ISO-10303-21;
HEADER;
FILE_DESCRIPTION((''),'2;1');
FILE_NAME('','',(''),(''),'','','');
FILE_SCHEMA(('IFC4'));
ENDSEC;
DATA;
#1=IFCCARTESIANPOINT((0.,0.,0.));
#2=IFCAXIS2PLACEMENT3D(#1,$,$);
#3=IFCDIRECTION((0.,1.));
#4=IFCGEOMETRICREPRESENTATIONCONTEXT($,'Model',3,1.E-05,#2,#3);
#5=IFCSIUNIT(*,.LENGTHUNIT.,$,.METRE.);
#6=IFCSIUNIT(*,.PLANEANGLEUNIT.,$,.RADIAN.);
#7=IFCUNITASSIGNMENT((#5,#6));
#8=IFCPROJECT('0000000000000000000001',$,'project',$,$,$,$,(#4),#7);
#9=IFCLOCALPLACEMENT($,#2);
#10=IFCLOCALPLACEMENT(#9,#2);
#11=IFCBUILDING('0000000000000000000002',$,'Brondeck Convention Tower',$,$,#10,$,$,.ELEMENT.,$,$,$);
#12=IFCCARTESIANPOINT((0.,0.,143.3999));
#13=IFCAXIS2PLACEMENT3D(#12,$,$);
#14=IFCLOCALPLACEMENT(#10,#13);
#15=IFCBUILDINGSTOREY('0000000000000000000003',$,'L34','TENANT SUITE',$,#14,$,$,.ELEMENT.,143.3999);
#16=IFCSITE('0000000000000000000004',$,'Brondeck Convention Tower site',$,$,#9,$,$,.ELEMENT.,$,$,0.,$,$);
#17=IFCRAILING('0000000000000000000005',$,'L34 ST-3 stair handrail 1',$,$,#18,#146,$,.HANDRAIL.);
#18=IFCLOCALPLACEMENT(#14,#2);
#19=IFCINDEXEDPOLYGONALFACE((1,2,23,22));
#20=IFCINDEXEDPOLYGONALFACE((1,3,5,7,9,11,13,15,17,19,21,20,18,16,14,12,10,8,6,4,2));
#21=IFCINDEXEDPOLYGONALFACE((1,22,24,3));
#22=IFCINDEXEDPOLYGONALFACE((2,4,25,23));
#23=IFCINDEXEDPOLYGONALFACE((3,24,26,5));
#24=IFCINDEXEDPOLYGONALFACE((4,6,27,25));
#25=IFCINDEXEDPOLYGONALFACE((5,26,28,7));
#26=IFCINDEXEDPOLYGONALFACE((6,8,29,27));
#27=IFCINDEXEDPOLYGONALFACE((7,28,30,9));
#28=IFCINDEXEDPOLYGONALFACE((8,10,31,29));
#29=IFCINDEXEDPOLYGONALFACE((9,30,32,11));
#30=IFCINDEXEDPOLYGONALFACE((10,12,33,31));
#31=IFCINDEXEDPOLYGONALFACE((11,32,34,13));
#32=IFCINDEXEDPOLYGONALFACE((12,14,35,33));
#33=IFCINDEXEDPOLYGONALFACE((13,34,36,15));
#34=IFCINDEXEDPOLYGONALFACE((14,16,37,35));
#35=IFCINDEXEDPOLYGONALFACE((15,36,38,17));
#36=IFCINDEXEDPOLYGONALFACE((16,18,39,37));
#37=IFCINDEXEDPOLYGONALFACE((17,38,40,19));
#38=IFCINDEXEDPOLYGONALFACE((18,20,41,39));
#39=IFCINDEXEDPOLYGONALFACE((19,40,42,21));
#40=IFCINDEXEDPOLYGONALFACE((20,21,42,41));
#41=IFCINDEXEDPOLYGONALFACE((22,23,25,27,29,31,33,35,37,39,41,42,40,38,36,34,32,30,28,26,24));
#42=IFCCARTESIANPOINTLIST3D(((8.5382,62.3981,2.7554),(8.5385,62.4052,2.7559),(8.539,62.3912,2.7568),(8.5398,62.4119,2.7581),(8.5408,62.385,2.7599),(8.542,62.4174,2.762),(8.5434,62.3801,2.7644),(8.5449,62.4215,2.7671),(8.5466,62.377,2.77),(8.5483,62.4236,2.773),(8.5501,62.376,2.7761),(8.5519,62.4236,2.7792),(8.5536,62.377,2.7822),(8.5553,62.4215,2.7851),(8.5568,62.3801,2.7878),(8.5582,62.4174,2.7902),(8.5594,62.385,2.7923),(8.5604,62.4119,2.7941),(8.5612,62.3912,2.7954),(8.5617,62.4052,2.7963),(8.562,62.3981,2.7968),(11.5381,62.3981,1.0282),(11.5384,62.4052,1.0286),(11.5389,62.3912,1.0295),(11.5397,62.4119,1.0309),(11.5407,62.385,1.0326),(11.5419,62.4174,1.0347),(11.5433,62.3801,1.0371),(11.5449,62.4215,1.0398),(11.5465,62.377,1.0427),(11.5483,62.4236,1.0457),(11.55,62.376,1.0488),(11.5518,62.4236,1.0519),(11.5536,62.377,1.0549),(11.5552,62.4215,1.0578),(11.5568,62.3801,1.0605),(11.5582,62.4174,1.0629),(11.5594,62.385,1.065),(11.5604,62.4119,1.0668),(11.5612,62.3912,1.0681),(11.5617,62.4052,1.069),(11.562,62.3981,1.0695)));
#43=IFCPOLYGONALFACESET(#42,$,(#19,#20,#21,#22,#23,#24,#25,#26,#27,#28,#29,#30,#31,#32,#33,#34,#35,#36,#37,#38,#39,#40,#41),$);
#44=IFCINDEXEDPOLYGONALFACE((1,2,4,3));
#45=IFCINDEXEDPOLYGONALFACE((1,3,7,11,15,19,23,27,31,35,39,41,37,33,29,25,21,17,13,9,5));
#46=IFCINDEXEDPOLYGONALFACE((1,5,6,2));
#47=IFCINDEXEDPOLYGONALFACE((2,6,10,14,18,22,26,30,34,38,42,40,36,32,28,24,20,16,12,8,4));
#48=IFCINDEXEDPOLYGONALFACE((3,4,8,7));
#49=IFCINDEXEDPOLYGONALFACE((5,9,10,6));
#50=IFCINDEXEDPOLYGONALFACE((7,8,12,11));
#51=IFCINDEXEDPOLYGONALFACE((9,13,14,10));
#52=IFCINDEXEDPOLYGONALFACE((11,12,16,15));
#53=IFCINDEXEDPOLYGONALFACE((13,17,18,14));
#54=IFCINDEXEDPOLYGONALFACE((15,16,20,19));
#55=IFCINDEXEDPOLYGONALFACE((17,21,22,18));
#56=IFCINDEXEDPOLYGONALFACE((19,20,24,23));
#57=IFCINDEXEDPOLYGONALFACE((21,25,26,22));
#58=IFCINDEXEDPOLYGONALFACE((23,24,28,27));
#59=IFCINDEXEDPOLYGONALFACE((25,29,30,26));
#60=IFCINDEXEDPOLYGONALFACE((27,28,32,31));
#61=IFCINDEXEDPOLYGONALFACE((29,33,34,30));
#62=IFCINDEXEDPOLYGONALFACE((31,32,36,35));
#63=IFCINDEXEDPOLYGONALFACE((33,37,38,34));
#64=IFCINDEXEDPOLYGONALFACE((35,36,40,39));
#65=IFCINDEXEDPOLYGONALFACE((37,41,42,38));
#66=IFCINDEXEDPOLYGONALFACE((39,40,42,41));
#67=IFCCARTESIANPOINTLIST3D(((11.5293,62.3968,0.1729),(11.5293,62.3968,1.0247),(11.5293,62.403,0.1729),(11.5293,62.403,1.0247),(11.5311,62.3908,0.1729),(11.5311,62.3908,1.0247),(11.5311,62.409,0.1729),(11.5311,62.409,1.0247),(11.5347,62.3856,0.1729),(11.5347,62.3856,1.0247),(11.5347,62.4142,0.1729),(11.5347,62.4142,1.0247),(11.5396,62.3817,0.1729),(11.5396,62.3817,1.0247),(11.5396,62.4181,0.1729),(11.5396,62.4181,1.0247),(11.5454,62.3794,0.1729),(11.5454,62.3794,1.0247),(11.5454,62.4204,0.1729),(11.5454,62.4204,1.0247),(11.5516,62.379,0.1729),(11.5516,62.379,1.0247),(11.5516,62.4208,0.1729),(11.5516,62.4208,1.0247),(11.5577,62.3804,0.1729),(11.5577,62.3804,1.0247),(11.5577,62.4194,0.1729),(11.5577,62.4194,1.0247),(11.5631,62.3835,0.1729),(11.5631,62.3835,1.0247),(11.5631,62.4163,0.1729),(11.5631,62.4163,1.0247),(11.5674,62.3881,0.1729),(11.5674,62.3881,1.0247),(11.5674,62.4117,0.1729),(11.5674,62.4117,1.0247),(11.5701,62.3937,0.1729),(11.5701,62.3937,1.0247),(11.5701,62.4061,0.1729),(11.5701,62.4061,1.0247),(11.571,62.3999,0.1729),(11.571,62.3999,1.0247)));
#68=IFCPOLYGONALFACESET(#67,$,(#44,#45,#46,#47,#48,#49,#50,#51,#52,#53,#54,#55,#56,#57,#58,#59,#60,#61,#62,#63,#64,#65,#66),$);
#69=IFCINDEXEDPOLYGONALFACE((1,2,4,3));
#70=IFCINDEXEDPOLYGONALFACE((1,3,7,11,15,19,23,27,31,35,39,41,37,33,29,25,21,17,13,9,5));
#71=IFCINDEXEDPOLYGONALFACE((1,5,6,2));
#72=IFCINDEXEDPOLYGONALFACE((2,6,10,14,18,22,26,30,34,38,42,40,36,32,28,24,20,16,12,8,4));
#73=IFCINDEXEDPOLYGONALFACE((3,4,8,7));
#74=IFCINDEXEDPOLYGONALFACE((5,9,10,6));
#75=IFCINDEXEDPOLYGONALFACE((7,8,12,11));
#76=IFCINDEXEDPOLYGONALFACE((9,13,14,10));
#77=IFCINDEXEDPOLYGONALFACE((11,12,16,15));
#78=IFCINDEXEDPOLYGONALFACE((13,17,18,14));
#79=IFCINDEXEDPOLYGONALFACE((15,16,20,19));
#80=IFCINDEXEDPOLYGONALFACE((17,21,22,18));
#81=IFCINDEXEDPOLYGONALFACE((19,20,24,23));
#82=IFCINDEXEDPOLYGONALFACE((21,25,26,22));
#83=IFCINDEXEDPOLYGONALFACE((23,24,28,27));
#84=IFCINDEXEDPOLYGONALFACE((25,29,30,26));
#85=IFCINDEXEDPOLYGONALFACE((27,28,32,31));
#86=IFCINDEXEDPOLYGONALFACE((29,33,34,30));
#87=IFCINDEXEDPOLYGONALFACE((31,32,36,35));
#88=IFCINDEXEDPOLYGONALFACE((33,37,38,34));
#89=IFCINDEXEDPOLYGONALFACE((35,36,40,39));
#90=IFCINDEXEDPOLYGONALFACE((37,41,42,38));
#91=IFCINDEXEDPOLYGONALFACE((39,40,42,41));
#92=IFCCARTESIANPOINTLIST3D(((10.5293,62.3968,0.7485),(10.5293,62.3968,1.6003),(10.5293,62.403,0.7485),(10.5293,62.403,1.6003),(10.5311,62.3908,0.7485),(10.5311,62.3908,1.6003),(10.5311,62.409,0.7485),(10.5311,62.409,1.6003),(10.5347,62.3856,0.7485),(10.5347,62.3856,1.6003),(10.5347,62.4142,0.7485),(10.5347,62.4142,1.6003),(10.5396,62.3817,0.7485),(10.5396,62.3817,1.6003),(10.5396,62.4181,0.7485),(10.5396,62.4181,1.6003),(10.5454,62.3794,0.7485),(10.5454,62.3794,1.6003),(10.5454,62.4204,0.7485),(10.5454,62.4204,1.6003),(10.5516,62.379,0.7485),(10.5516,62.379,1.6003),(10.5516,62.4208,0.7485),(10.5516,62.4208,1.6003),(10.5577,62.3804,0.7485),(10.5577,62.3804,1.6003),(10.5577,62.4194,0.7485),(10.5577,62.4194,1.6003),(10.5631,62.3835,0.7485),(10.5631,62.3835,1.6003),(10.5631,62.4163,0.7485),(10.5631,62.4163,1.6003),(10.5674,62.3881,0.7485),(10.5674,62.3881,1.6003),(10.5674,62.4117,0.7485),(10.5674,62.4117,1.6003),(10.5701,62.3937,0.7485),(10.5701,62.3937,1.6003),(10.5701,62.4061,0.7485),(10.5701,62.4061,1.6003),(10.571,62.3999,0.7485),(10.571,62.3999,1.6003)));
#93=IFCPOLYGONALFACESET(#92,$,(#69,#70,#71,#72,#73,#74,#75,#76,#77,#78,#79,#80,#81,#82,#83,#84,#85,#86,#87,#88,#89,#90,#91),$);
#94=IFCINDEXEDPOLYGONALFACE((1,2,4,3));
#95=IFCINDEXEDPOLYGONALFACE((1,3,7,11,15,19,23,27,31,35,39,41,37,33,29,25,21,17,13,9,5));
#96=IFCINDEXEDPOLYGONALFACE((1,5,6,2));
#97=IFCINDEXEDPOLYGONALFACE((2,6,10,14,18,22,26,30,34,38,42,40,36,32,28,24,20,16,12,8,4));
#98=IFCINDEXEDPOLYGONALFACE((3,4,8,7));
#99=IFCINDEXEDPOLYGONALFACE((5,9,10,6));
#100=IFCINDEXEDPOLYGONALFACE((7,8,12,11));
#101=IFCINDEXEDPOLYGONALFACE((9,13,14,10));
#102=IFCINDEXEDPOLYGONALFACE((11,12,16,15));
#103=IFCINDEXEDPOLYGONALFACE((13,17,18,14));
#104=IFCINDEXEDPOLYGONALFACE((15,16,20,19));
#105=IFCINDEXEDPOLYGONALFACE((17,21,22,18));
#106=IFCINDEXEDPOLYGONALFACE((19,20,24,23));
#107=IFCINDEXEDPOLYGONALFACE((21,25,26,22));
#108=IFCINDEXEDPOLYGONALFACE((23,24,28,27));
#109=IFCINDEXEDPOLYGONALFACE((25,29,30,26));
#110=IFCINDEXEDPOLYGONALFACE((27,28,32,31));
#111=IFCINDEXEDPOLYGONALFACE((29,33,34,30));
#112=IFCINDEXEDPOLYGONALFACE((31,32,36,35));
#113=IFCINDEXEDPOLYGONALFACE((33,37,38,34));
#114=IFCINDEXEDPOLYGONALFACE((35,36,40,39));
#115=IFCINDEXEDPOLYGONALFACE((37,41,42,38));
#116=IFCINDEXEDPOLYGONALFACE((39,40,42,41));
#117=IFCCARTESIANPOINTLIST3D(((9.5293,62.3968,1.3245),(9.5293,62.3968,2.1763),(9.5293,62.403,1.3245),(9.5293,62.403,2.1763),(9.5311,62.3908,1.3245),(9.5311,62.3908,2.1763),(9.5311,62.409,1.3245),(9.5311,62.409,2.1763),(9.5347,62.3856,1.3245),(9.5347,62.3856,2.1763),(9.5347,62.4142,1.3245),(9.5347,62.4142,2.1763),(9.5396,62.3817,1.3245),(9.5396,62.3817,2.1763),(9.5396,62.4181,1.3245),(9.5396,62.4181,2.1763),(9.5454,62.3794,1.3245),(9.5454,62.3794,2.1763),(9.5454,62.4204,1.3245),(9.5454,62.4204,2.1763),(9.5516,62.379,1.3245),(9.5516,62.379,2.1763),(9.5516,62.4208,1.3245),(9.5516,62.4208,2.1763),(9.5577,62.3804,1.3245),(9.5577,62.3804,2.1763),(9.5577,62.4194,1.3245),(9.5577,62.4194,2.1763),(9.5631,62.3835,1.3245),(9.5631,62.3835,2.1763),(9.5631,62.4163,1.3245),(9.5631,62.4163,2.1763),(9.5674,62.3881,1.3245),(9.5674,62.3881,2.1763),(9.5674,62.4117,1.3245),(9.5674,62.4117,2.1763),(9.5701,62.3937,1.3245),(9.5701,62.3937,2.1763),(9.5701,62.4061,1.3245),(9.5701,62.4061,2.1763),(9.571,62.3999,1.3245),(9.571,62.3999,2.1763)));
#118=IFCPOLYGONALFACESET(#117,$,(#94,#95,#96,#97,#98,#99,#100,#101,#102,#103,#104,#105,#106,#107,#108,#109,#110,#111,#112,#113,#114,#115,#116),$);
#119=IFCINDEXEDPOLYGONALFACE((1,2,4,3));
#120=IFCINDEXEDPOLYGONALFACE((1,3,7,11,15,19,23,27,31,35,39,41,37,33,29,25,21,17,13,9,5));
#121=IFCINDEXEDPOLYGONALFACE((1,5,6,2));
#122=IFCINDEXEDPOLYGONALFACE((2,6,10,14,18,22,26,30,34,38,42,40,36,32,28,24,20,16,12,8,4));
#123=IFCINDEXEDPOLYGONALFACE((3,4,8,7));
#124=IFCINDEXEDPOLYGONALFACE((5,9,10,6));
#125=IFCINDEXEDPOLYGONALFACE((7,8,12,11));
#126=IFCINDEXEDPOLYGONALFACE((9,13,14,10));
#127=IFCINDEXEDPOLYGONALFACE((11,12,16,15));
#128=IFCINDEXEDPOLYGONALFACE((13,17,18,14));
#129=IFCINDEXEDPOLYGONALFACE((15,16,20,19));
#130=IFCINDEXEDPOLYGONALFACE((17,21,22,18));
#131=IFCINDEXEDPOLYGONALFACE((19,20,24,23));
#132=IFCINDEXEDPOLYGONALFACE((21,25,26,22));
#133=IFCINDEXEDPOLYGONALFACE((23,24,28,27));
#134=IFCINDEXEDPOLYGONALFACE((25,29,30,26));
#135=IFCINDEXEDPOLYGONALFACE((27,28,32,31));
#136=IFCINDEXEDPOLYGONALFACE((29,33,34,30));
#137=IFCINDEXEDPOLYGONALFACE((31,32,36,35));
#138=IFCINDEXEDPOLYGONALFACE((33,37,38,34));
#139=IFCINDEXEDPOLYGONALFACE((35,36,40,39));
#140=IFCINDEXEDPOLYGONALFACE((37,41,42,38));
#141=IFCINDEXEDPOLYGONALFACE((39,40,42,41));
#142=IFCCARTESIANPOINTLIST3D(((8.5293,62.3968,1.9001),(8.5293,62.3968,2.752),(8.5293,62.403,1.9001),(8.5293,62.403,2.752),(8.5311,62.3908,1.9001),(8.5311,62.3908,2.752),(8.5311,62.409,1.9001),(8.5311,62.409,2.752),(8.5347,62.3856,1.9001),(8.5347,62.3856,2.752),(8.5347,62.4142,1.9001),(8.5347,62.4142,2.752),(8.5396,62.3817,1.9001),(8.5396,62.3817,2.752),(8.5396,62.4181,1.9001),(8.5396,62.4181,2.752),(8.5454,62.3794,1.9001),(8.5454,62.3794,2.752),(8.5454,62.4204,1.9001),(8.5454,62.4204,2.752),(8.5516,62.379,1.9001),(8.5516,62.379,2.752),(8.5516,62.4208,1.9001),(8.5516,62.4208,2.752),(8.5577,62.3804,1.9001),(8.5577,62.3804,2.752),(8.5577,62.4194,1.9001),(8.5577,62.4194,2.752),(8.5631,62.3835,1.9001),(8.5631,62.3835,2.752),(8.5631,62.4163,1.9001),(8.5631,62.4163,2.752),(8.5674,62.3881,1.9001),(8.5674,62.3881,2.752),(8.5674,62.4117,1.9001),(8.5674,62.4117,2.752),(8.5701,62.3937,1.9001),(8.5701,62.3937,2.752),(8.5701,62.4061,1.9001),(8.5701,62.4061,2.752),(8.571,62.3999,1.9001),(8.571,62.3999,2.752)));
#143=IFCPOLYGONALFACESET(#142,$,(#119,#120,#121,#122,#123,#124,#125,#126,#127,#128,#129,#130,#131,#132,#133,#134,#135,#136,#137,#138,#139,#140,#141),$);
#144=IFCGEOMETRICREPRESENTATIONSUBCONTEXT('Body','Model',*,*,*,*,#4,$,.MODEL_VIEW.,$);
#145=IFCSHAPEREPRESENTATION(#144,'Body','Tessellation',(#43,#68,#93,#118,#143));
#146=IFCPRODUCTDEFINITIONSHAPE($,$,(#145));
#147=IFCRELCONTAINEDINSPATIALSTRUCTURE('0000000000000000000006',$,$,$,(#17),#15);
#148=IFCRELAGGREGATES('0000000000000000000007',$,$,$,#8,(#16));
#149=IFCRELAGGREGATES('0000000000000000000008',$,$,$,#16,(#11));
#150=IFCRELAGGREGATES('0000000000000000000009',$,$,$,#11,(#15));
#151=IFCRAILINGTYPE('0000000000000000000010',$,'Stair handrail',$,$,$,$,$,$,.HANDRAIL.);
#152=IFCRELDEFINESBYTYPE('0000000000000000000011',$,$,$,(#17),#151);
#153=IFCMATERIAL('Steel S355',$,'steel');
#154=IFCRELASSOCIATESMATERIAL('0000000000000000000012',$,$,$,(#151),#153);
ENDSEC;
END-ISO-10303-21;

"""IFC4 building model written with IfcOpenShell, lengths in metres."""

from ifc_helpers import new_model, si_unit, direction, frame, origin, origin_2d, place, context, subcontext, project, spatial, circle, extrude, material, type_object, element, save


model = new_model("IFC4")

# Units and contexts
model_context = context("Model", 3, precision=1e-05, world=origin(), true_north=direction((0.0, 1.0)))
body_context = subcontext(model_context, "Body", "Model", "MODEL_VIEW")
ifc_project = project(units=[si_unit("LENGTHUNIT", "METRE"), si_unit("PLANEANGLEUNIT", "RADIAN")], contexts=[model_context])

# Site, building, storey
site_placement = place(None, origin())
site = spatial("IfcSite", under=ifc_project, at=site_placement, Name="Brondeck Convention Tower site", CompositionType="ELEMENT", RefElevation=0.0)
building_placement = place(site_placement, origin())
building = spatial("IfcBuilding", under=site, at=building_placement, Name="Brondeck Convention Tower", CompositionType="ELEMENT")
storey_placement = place(building_placement, frame((0.0, 0.0, 143.3999)))
storey = spatial("IfcBuildingStorey", under=building, at=storey_placement, Name="L34", Description="TENANT SUITE", CompositionType="ELEMENT", Elevation=143.3999)

# Railing
ifc_material_1 = material(Name="Steel S355", Category="steel")
railing_type_1 = type_object("IfcRailingType", Name="Stair handrail", PredefinedType="HANDRAIL", material=ifc_material_1)
railing_1_placement = place(storey_placement, frame((11.55, 62.3999, 0.1729)))
element("IfcRailing", 1, at=railing_1_placement, inside=storey, type_object=railing_type_1, Name="L34 ST-3 stair handrail 1", PredefinedType="HANDRAIL", context=body_context, shape_type="SweptSolid", body=[
    extrude(circle(Radius=0.0239, at=origin_2d()), frame((0.0, 0.0, 0.876), z_axis=(-0.86662, 0.0, 0.498969), x_axis=(0.0, -1.0, 0.0)), (0.0, 0.0, 1.0), 3.4617),
    extrude(circle(Radius=0.021, at=origin_2d()), origin(), (0.0, 0.0, 1.0), 0.8518),
    extrude(circle(Radius=0.021, at=origin_2d()), frame((-1.0, 0.0, 0.5757)), (0.0, 0.0, 1.0), 0.8518),
    extrude(circle(Radius=0.021, at=origin_2d()), frame((-2.0, 0.0, 1.1516)), (0.0, 0.0, 1.0), 0.8518),
    extrude(circle(Radius=0.021, at=origin_2d()), frame((-3.0, 0.0, 1.7273)), (0.0, 0.0, 1.0), 0.8518),
])

save(model, "model.ifc")
